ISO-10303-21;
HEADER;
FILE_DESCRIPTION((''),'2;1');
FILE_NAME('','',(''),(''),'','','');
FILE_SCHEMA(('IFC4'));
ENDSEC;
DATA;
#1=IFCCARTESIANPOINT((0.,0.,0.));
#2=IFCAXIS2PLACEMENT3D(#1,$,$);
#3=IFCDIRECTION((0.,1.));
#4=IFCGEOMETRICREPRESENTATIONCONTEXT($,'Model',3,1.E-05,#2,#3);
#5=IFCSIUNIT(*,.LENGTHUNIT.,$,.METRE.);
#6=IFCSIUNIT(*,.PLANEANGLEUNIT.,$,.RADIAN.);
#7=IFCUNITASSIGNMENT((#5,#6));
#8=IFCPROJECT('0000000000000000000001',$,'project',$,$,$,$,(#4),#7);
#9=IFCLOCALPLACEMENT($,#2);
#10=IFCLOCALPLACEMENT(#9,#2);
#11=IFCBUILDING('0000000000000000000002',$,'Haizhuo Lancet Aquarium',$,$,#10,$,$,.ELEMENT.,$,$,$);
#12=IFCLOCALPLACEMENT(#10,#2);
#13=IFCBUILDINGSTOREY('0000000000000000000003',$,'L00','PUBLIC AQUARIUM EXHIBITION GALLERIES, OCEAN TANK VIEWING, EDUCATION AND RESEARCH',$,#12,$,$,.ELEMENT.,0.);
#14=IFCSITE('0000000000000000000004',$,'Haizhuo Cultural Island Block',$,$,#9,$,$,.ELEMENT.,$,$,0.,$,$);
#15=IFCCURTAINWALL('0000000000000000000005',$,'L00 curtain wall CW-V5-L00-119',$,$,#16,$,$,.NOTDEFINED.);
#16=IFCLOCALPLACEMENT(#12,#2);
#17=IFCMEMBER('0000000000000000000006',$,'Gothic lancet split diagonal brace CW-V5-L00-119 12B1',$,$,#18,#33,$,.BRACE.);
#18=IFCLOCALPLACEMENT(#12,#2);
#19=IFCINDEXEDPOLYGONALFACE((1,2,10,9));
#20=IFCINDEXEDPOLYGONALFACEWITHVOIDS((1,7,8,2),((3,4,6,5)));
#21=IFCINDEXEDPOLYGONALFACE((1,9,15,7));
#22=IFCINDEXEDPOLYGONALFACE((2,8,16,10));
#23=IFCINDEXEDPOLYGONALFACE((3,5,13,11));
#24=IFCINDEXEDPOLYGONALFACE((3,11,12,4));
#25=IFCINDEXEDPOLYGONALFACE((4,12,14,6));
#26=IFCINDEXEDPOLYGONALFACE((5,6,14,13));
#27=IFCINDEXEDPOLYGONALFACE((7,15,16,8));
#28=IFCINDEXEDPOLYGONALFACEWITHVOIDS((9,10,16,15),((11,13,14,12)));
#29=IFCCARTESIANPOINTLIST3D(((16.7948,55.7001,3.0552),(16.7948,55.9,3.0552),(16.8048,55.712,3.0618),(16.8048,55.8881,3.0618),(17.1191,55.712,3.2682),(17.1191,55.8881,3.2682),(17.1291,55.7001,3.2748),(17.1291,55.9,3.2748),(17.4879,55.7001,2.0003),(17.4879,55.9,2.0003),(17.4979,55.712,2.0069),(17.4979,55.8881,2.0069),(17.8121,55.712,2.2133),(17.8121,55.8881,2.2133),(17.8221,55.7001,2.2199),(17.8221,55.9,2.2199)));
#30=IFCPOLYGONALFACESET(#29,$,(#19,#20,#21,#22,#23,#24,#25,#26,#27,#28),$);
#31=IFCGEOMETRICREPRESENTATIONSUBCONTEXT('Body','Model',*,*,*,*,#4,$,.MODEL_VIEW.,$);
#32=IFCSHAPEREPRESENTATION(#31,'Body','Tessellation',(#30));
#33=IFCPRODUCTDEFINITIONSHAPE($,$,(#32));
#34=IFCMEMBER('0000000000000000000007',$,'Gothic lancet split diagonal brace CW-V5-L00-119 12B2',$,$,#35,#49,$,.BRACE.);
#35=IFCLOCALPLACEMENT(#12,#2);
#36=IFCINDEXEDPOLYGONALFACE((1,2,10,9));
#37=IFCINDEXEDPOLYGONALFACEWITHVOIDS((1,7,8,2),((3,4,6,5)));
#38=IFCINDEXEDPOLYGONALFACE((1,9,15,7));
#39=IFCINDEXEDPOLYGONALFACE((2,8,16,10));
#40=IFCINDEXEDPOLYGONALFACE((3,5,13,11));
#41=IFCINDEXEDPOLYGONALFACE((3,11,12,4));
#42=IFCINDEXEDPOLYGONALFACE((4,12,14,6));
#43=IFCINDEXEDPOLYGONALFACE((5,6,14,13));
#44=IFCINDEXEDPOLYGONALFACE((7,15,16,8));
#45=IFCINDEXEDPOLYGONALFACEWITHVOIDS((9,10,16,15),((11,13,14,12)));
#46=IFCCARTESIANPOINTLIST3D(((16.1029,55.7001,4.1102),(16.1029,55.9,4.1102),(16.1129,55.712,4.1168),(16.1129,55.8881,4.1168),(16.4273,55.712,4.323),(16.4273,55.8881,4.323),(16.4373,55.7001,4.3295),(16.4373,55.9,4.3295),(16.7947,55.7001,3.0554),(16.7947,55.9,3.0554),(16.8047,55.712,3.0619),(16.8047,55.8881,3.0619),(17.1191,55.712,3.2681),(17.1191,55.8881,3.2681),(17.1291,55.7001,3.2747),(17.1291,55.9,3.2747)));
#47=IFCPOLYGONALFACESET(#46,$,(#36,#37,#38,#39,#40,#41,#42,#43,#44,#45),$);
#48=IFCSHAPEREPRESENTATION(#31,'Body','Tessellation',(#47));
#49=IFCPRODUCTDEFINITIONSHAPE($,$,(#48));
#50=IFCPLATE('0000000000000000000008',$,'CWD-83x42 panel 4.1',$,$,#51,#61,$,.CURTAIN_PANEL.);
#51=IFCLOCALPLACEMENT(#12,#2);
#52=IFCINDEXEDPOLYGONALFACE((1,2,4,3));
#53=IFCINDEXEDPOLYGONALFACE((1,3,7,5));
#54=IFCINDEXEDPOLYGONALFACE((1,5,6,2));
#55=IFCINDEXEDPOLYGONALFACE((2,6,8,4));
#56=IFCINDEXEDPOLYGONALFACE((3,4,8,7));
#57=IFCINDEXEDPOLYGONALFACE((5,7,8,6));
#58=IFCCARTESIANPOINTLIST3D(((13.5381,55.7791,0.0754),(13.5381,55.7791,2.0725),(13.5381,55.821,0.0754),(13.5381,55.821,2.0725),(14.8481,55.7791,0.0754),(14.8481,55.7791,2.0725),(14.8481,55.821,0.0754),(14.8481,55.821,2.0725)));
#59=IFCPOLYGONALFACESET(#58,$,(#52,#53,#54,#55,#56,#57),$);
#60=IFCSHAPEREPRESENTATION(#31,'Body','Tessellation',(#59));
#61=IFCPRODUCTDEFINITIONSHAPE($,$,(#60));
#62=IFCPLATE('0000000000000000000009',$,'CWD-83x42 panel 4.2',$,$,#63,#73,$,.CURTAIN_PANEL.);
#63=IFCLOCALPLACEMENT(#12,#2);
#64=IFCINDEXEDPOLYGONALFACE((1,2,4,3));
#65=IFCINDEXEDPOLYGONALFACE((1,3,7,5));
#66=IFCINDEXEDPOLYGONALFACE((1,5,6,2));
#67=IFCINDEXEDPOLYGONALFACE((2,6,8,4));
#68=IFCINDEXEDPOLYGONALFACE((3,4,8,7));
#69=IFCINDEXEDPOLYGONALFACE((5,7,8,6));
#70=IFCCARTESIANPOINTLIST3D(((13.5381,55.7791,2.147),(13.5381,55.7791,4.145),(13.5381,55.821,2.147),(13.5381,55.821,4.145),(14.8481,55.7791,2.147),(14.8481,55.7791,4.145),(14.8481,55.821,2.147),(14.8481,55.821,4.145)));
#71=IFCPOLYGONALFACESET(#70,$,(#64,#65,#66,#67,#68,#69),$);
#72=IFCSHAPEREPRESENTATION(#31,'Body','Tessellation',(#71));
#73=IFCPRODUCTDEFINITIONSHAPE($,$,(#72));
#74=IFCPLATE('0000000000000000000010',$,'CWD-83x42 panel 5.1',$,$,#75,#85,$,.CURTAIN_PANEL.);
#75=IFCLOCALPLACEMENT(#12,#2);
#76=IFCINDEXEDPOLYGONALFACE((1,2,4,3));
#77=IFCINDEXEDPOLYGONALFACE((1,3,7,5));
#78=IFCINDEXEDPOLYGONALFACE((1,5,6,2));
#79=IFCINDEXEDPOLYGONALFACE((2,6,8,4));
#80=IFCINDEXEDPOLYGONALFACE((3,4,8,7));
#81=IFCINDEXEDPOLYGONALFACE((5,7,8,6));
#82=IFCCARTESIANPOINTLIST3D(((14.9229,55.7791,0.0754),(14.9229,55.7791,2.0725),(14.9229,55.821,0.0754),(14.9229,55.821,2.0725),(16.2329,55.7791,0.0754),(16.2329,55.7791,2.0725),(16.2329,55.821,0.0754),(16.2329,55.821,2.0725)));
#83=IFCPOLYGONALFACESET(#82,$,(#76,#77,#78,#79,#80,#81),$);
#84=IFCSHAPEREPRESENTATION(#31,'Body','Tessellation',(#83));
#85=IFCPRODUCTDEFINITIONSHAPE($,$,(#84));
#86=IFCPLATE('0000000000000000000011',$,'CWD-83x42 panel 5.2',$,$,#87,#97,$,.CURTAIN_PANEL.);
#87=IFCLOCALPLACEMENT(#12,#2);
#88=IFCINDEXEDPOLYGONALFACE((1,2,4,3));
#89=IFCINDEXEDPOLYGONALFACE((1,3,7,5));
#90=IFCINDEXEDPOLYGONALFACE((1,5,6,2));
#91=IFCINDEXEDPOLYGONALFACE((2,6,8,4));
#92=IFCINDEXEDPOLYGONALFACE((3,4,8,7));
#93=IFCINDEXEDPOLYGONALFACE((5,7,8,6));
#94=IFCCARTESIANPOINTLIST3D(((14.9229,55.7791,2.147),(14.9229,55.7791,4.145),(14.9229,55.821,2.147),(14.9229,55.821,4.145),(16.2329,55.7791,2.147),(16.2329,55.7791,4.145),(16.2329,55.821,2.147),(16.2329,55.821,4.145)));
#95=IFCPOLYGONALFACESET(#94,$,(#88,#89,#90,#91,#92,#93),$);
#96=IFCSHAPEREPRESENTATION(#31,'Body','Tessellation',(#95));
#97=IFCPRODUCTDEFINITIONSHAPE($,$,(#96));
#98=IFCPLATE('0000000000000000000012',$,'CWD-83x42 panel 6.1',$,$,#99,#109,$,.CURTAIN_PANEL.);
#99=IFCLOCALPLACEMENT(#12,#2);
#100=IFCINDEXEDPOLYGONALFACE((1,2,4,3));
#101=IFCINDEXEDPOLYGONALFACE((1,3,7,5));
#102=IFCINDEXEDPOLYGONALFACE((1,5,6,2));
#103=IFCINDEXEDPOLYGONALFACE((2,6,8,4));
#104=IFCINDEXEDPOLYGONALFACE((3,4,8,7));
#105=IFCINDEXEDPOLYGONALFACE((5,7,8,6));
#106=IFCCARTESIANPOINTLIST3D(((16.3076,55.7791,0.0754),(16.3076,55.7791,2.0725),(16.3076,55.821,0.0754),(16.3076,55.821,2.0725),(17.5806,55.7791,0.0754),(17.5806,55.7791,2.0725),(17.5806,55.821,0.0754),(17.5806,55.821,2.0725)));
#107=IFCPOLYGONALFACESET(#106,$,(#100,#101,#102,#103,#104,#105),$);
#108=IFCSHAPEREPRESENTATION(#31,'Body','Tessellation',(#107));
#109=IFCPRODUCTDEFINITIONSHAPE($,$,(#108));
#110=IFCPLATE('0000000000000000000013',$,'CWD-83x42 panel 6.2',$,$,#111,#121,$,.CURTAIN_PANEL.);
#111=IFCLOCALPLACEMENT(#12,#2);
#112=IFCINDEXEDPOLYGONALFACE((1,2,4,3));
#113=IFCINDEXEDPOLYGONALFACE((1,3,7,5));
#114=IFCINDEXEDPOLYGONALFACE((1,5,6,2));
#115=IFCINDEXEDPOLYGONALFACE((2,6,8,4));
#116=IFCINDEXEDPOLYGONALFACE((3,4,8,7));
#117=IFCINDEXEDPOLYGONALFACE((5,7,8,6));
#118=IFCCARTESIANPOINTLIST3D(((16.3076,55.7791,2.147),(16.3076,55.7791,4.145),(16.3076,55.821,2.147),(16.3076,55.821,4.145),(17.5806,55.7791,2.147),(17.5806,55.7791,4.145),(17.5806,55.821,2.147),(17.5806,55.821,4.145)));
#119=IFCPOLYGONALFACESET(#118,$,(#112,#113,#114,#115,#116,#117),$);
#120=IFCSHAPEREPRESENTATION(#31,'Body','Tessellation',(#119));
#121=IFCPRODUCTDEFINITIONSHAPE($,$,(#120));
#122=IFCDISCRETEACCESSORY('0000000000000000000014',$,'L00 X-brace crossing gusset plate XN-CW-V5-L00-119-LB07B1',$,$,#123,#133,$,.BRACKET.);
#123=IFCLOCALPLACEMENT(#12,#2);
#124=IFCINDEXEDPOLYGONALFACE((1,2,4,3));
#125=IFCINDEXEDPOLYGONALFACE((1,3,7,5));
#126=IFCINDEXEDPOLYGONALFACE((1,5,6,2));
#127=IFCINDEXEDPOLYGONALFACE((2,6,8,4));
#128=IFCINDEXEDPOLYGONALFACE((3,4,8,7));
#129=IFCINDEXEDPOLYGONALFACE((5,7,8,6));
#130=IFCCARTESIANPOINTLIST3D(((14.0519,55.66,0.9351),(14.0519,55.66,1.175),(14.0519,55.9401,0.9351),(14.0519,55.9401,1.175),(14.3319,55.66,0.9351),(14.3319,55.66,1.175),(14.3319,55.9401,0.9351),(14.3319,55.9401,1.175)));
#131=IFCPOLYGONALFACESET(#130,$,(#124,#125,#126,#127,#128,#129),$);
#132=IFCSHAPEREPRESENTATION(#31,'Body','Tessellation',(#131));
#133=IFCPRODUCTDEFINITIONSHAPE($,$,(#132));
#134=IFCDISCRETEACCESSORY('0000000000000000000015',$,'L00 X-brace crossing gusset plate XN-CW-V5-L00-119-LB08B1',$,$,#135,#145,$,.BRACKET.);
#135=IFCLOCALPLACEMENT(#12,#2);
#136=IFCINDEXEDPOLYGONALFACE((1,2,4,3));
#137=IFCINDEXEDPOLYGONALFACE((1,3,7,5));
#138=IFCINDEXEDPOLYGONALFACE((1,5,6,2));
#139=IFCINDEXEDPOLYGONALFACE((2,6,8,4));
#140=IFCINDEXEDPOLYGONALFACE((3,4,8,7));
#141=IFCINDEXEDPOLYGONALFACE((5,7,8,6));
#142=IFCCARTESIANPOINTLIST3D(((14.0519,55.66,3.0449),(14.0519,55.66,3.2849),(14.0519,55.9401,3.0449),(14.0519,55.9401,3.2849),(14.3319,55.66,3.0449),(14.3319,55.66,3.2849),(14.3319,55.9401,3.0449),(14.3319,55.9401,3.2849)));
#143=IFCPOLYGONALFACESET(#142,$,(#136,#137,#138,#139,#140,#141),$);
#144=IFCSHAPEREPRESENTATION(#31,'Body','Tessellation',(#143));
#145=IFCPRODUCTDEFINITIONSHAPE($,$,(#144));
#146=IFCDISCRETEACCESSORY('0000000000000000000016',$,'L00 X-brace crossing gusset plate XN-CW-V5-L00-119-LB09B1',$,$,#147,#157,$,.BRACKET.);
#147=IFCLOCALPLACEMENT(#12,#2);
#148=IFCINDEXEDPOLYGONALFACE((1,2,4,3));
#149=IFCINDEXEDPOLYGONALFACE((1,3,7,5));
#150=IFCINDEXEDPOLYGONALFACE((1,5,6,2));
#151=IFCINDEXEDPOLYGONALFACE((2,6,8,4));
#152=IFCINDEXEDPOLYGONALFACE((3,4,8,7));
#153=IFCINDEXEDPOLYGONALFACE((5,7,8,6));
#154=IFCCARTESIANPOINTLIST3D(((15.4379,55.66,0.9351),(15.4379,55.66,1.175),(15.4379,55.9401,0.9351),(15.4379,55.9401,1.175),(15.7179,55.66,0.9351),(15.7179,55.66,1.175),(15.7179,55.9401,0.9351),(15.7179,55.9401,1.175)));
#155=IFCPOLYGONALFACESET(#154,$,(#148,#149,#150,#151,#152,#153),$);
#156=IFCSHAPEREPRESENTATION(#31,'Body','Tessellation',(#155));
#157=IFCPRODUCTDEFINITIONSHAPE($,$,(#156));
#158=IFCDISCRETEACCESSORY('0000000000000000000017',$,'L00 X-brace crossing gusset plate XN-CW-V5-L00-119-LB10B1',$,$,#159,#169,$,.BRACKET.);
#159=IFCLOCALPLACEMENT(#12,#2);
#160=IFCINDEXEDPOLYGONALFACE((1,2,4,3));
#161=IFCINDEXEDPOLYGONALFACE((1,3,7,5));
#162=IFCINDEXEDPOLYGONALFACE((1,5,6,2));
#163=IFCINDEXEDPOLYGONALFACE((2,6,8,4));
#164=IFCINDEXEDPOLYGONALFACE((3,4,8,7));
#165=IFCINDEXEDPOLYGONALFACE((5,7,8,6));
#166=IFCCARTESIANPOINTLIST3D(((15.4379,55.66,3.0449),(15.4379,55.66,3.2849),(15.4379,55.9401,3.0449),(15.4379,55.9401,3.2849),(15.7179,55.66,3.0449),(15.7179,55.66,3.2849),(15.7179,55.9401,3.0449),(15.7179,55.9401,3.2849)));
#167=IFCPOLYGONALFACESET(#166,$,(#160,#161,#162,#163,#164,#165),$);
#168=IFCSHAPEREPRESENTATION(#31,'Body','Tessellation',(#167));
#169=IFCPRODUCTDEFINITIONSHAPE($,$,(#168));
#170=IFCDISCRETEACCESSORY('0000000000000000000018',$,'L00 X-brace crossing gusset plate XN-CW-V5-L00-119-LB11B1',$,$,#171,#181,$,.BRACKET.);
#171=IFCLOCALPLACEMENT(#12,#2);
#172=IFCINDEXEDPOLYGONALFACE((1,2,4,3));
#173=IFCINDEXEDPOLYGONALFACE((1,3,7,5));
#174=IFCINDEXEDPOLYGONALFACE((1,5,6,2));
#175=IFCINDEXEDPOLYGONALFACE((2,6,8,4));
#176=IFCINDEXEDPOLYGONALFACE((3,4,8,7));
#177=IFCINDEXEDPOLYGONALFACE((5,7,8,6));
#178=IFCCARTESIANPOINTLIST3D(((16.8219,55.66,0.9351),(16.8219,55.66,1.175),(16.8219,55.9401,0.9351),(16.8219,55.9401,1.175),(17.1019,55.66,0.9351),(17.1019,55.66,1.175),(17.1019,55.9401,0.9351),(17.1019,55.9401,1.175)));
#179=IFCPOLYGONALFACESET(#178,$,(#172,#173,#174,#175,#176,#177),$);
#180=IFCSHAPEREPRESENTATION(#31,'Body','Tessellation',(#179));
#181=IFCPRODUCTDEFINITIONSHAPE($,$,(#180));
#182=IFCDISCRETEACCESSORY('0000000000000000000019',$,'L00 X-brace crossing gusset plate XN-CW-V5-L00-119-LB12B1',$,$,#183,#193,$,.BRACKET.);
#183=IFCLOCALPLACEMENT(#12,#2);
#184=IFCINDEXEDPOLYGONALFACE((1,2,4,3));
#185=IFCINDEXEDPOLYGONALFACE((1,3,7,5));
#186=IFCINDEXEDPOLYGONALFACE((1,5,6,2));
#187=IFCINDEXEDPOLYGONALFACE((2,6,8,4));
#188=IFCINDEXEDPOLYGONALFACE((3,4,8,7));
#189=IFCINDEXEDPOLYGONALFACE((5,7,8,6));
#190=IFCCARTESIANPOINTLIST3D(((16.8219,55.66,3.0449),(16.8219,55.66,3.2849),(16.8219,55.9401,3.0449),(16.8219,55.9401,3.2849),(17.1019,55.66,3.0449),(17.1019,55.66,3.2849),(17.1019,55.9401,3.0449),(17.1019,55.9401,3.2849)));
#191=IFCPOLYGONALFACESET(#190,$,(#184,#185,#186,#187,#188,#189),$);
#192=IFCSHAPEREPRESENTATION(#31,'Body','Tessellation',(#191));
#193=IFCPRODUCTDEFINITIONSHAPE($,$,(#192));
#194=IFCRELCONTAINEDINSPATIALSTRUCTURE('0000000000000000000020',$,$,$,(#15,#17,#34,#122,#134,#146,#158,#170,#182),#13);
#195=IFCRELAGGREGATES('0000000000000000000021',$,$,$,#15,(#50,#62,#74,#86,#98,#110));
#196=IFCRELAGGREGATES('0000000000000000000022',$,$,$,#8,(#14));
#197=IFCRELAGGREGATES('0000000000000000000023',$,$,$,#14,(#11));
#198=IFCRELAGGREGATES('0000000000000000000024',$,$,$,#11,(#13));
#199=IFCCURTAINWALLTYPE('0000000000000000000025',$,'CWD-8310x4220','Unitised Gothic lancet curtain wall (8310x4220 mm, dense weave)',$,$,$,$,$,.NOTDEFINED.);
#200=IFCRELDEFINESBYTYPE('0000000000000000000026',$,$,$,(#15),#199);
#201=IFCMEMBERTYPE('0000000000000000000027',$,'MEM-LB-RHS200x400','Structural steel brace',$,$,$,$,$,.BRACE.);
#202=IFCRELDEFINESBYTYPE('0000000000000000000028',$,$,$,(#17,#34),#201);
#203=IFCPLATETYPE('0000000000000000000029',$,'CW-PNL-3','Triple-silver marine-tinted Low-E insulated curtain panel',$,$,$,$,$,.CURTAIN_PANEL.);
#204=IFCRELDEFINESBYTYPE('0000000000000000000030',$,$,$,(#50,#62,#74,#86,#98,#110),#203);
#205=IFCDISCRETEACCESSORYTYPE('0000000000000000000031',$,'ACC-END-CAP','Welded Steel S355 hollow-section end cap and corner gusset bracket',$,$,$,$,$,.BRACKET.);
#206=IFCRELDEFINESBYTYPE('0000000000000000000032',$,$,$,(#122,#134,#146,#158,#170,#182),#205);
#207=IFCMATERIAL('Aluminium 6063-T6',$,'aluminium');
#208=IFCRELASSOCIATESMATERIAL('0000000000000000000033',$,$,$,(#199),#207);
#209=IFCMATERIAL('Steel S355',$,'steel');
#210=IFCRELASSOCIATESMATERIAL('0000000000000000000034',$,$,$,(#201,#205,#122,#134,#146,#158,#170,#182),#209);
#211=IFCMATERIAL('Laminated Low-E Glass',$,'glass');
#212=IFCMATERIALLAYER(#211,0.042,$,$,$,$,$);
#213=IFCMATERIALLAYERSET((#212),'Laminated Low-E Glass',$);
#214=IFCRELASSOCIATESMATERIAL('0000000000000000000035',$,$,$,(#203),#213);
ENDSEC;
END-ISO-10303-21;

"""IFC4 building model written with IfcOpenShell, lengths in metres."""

from ifc_helpers import new_model, si_unit, direction, frame, origin, origin_2d, place, context, subcontext, project, spatial, rectangle, hollow_rectangle, extrude, material, layer, layer_set, material_profile, profile_set, type_object, element, aggregate, save


model = new_model("IFC4")

# Units and contexts
model_context = context("Model", 3, precision=1e-05, world=origin(), true_north=direction((0.0, 1.0)))
body_context = subcontext(model_context, "Body", "Model", "MODEL_VIEW")
ifc_project = project(units=[si_unit("LENGTHUNIT", "METRE"), si_unit("PLANEANGLEUNIT", "RADIAN")], contexts=[model_context])

# Site, building, storey
site_placement = place(None, origin())
site = spatial("IfcSite", under=ifc_project, at=site_placement, Name="Haizhuo Cultural Island Block", CompositionType="ELEMENT", RefElevation=0.0)
building_placement = place(site_placement, origin())
building = spatial("IfcBuilding", under=site, at=building_placement, Name="Haizhuo Lancet Aquarium", CompositionType="ELEMENT")
storey_placement = place(building_placement, origin())
storey = spatial("IfcBuildingStorey", under=building, at=storey_placement, Name="L00", Description="PUBLIC AQUARIUM EXHIBITION GALLERIES, OCEAN TANK VIEWING, EDUCATION AND RESEARCH", CompositionType="ELEMENT", Elevation=0.0)

# Curtain wall
ifc_material_1 = material(Name="Aluminium 6063-T6", Category="aluminium")
curtain_wall_type = type_object("IfcCurtainWallType", Name="CWD-8310x4220", Description="Unitised Gothic lancet curtain wall (8310x4220 mm, dense weave)", PredefinedType="NOTDEFINED", material=ifc_material_1)
curtain_wall_placement = place(storey_placement, origin())
curtain_wall = element("IfcCurtainWall", 1, at=curtain_wall_placement, inside=storey, type_object=curtain_wall_type, Name="L00 curtain wall CW-V5-L00-119", PredefinedType="NOTDEFINED")

# Members
ifc_material_2 = material(Name="Steel S355", Category="steel")
ifc_material_profile_1 = material_profile(ifc_material_2, hollow_rectangle(XDim=0.2, YDim=0.3999, WallThickness=0.012, at=origin_2d()), Name="RHS 200x400x12")
ifc_profile_set_1 = profile_set([ifc_material_profile_1], Name="Steel S355")
member_type_1 = type_object("IfcMemberType", Name="MEM-LB-RHS200x400", Description="Structural steel brace", PredefinedType="BRACE", material=ifc_profile_set_1)
member_1_placement = place(storey_placement, frame((17.655, 55.8, 2.1101), z_axis=(-0.549108, 0.0, 0.835751), x_axis=(0.0, -1.0, 0.0)))
element("IfcMember", 2, at=member_1_placement, inside=storey, type_object=member_type_1, Name="Gothic lancet split diagonal brace CW-V5-L00-119 12B1", PredefinedType="BRACE", context=body_context, shape_type="SweptSolid", body=[
    extrude(hollow_rectangle(XDim=0.2, YDim=0.3999, WallThickness=0.012, at=origin_2d()), origin(), (0.0, 0.0, 1.0), 1.2622),
])
member_2_placement = place(storey_placement, frame((16.9619, 55.8, 3.165), z_axis=(-0.548432, 0.0, 0.836195), x_axis=(0.0, -1.0, 0.0)))
element("IfcMember", 3, at=member_2_placement, inside=storey, type_object=member_type_1, Name="Gothic lancet split diagonal brace CW-V5-L00-119 12B2", PredefinedType="BRACE", context=body_context, shape_type="SweptSolid", body=[
    extrude(hollow_rectangle(XDim=0.2, YDim=0.3999, WallThickness=0.012, at=origin_2d()), origin(), (0.0, 0.0, 1.0), 1.2615),
])

# Plates
ifc_material_3 = material(Name="Laminated Low-E Glass", Category="glass")
ifc_layer = layer(ifc_material_3, 0.042)
ifc_layer_set = layer_set([ifc_layer], Name="Laminated Low-E Glass")
plate_type = type_object("IfcPlateType", Name="CW-PNL-3", Description="Triple-silver marine-tinted Low-E insulated curtain panel", PredefinedType="CURTAIN_PANEL", material=ifc_layer_set)
plate_1_placement = place(storey_placement, frame((14.1931, 55.8, 0.0754), z_axis=(0.0, 0.0, 1.0), x_axis=(1.0, 0.0, 0.0)))
plate_1 = element("IfcPlate", 4, at=plate_1_placement, type_object=plate_type, Name="CWD-83x42 panel 4.1", PredefinedType="CURTAIN_PANEL", context=body_context, shape_type="SweptSolid", body=[
    extrude(rectangle(XDim=1.3101, YDim=0.042, at=origin_2d()), origin(), (0.0, 0.0, 1.0), 1.9971),
])
plate_2_placement = place(storey_placement, frame((14.1931, 55.8, 2.147), z_axis=(0.0, 0.0, 1.0), x_axis=(1.0, 0.0, 0.0)))
plate_2 = element("IfcPlate", 5, at=plate_2_placement, type_object=plate_type, Name="CWD-83x42 panel 4.2", PredefinedType="CURTAIN_PANEL", context=body_context, shape_type="SweptSolid", body=[
    extrude(rectangle(XDim=1.3101, YDim=0.042, at=origin_2d()), origin(), (0.0, 0.0, 1.0), 1.998),
])
plate_3_placement = place(storey_placement, frame((15.5779, 55.8, 0.0754), z_axis=(0.0, 0.0, 1.0), x_axis=(1.0, 0.0, 0.0)))
plate_3 = element("IfcPlate", 6, at=plate_3_placement, type_object=plate_type, Name="CWD-83x42 panel 5.1", PredefinedType="CURTAIN_PANEL", context=body_context, shape_type="SweptSolid", body=[
    extrude(rectangle(XDim=1.3101, YDim=0.042, at=origin_2d()), origin(), (0.0, 0.0, 1.0), 1.9971),
])
plate_4_placement = place(storey_placement, frame((15.5779, 55.8, 2.147), z_axis=(0.0, 0.0, 1.0), x_axis=(1.0, 0.0, 0.0)))
plate_4 = element("IfcPlate", 7, at=plate_4_placement, type_object=plate_type, Name="CWD-83x42 panel 5.2", PredefinedType="CURTAIN_PANEL", context=body_context, shape_type="SweptSolid", body=[
    extrude(rectangle(XDim=1.3101, YDim=0.042, at=origin_2d()), origin(), (0.0, 0.0, 1.0), 1.998),
])
plate_5_placement = place(storey_placement, frame((16.9441, 55.8, 0.0754), z_axis=(0.0, 0.0, 1.0), x_axis=(1.0, 0.0, 0.0)))
plate_5 = element("IfcPlate", 8, at=plate_5_placement, type_object=plate_type, Name="CWD-83x42 panel 6.1", PredefinedType="CURTAIN_PANEL", context=body_context, shape_type="SweptSolid", body=[
    extrude(rectangle(XDim=1.2729, YDim=0.042, at=origin_2d()), origin(), (0.0, 0.0, 1.0), 1.9971),
])
plate_6_placement = place(storey_placement, frame((16.9441, 55.8, 2.147), z_axis=(0.0, 0.0, 1.0), x_axis=(1.0, 0.0, 0.0)))
plate_6 = element("IfcPlate", 9, at=plate_6_placement, type_object=plate_type, Name="CWD-83x42 panel 6.2", PredefinedType="CURTAIN_PANEL", context=body_context, shape_type="SweptSolid", body=[
    extrude(rectangle(XDim=1.2729, YDim=0.042, at=origin_2d()), origin(), (0.0, 0.0, 1.0), 1.998),
])
aggregate(curtain_wall, [plate_1, plate_2, plate_3, plate_4, plate_5, plate_6])

# Discrete accessories
discrete_accessory_type = type_object("IfcDiscreteAccessoryType", Name="ACC-END-CAP", Description="Welded Steel S355 hollow-section end cap and corner gusset bracket", PredefinedType="BRACKET", material=ifc_material_2)
for number, where, z_axis, x_axis, name in (
    (10, (14.1919, 55.8, 0.9351), (0.0, 0.0, 1.0), (1.0, 0.0, 0.0), "L00 X-brace crossing gusset plate XN-CW-V5-L00-119-LB07B1"),
    (11, (14.1919, 55.8, 3.0449), (0.0, 0.0, 1.0), (1.0, 0.0, 0.0), "L00 X-brace crossing gusset plate XN-CW-V5-L00-119-LB08B1"),
    (12, (15.5779, 55.8, 0.9351), (0.0, 0.0, 1.0), (1.0, 0.0, 0.0), "L00 X-brace crossing gusset plate XN-CW-V5-L00-119-LB09B1"),
    (13, (15.5779, 55.8, 3.0449), (0.0, 0.0, 1.0), (1.0, 0.0, 0.0), "L00 X-brace crossing gusset plate XN-CW-V5-L00-119-LB10B1"),
    (14, (16.9619, 55.8, 0.9351), (0.0, 0.0, 1.0), (1.0, 0.0, 0.0), "L00 X-brace crossing gusset plate XN-CW-V5-L00-119-LB11B1"),
    (15, (16.9619, 55.8, 3.0449), (0.0, 0.0, 1.0), (1.0, 0.0, 0.0), "L00 X-brace crossing gusset plate XN-CW-V5-L00-119-LB12B1"),
):
    element("IfcDiscreteAccessory", number, at=place(storey_placement, frame(where, z_axis=z_axis, x_axis=x_axis)), inside=storey, type_object=discrete_accessory_type, material=ifc_material_2, Name=name, PredefinedType="BRACKET", context=body_context, shape_type="SweptSolid", body=[
        extrude(rectangle(XDim=0.28, YDim=0.28, at=origin_2d()), origin(), (0.0, 0.0, 1.0), 0.24),
    ])

save(model, "model.ifc")
